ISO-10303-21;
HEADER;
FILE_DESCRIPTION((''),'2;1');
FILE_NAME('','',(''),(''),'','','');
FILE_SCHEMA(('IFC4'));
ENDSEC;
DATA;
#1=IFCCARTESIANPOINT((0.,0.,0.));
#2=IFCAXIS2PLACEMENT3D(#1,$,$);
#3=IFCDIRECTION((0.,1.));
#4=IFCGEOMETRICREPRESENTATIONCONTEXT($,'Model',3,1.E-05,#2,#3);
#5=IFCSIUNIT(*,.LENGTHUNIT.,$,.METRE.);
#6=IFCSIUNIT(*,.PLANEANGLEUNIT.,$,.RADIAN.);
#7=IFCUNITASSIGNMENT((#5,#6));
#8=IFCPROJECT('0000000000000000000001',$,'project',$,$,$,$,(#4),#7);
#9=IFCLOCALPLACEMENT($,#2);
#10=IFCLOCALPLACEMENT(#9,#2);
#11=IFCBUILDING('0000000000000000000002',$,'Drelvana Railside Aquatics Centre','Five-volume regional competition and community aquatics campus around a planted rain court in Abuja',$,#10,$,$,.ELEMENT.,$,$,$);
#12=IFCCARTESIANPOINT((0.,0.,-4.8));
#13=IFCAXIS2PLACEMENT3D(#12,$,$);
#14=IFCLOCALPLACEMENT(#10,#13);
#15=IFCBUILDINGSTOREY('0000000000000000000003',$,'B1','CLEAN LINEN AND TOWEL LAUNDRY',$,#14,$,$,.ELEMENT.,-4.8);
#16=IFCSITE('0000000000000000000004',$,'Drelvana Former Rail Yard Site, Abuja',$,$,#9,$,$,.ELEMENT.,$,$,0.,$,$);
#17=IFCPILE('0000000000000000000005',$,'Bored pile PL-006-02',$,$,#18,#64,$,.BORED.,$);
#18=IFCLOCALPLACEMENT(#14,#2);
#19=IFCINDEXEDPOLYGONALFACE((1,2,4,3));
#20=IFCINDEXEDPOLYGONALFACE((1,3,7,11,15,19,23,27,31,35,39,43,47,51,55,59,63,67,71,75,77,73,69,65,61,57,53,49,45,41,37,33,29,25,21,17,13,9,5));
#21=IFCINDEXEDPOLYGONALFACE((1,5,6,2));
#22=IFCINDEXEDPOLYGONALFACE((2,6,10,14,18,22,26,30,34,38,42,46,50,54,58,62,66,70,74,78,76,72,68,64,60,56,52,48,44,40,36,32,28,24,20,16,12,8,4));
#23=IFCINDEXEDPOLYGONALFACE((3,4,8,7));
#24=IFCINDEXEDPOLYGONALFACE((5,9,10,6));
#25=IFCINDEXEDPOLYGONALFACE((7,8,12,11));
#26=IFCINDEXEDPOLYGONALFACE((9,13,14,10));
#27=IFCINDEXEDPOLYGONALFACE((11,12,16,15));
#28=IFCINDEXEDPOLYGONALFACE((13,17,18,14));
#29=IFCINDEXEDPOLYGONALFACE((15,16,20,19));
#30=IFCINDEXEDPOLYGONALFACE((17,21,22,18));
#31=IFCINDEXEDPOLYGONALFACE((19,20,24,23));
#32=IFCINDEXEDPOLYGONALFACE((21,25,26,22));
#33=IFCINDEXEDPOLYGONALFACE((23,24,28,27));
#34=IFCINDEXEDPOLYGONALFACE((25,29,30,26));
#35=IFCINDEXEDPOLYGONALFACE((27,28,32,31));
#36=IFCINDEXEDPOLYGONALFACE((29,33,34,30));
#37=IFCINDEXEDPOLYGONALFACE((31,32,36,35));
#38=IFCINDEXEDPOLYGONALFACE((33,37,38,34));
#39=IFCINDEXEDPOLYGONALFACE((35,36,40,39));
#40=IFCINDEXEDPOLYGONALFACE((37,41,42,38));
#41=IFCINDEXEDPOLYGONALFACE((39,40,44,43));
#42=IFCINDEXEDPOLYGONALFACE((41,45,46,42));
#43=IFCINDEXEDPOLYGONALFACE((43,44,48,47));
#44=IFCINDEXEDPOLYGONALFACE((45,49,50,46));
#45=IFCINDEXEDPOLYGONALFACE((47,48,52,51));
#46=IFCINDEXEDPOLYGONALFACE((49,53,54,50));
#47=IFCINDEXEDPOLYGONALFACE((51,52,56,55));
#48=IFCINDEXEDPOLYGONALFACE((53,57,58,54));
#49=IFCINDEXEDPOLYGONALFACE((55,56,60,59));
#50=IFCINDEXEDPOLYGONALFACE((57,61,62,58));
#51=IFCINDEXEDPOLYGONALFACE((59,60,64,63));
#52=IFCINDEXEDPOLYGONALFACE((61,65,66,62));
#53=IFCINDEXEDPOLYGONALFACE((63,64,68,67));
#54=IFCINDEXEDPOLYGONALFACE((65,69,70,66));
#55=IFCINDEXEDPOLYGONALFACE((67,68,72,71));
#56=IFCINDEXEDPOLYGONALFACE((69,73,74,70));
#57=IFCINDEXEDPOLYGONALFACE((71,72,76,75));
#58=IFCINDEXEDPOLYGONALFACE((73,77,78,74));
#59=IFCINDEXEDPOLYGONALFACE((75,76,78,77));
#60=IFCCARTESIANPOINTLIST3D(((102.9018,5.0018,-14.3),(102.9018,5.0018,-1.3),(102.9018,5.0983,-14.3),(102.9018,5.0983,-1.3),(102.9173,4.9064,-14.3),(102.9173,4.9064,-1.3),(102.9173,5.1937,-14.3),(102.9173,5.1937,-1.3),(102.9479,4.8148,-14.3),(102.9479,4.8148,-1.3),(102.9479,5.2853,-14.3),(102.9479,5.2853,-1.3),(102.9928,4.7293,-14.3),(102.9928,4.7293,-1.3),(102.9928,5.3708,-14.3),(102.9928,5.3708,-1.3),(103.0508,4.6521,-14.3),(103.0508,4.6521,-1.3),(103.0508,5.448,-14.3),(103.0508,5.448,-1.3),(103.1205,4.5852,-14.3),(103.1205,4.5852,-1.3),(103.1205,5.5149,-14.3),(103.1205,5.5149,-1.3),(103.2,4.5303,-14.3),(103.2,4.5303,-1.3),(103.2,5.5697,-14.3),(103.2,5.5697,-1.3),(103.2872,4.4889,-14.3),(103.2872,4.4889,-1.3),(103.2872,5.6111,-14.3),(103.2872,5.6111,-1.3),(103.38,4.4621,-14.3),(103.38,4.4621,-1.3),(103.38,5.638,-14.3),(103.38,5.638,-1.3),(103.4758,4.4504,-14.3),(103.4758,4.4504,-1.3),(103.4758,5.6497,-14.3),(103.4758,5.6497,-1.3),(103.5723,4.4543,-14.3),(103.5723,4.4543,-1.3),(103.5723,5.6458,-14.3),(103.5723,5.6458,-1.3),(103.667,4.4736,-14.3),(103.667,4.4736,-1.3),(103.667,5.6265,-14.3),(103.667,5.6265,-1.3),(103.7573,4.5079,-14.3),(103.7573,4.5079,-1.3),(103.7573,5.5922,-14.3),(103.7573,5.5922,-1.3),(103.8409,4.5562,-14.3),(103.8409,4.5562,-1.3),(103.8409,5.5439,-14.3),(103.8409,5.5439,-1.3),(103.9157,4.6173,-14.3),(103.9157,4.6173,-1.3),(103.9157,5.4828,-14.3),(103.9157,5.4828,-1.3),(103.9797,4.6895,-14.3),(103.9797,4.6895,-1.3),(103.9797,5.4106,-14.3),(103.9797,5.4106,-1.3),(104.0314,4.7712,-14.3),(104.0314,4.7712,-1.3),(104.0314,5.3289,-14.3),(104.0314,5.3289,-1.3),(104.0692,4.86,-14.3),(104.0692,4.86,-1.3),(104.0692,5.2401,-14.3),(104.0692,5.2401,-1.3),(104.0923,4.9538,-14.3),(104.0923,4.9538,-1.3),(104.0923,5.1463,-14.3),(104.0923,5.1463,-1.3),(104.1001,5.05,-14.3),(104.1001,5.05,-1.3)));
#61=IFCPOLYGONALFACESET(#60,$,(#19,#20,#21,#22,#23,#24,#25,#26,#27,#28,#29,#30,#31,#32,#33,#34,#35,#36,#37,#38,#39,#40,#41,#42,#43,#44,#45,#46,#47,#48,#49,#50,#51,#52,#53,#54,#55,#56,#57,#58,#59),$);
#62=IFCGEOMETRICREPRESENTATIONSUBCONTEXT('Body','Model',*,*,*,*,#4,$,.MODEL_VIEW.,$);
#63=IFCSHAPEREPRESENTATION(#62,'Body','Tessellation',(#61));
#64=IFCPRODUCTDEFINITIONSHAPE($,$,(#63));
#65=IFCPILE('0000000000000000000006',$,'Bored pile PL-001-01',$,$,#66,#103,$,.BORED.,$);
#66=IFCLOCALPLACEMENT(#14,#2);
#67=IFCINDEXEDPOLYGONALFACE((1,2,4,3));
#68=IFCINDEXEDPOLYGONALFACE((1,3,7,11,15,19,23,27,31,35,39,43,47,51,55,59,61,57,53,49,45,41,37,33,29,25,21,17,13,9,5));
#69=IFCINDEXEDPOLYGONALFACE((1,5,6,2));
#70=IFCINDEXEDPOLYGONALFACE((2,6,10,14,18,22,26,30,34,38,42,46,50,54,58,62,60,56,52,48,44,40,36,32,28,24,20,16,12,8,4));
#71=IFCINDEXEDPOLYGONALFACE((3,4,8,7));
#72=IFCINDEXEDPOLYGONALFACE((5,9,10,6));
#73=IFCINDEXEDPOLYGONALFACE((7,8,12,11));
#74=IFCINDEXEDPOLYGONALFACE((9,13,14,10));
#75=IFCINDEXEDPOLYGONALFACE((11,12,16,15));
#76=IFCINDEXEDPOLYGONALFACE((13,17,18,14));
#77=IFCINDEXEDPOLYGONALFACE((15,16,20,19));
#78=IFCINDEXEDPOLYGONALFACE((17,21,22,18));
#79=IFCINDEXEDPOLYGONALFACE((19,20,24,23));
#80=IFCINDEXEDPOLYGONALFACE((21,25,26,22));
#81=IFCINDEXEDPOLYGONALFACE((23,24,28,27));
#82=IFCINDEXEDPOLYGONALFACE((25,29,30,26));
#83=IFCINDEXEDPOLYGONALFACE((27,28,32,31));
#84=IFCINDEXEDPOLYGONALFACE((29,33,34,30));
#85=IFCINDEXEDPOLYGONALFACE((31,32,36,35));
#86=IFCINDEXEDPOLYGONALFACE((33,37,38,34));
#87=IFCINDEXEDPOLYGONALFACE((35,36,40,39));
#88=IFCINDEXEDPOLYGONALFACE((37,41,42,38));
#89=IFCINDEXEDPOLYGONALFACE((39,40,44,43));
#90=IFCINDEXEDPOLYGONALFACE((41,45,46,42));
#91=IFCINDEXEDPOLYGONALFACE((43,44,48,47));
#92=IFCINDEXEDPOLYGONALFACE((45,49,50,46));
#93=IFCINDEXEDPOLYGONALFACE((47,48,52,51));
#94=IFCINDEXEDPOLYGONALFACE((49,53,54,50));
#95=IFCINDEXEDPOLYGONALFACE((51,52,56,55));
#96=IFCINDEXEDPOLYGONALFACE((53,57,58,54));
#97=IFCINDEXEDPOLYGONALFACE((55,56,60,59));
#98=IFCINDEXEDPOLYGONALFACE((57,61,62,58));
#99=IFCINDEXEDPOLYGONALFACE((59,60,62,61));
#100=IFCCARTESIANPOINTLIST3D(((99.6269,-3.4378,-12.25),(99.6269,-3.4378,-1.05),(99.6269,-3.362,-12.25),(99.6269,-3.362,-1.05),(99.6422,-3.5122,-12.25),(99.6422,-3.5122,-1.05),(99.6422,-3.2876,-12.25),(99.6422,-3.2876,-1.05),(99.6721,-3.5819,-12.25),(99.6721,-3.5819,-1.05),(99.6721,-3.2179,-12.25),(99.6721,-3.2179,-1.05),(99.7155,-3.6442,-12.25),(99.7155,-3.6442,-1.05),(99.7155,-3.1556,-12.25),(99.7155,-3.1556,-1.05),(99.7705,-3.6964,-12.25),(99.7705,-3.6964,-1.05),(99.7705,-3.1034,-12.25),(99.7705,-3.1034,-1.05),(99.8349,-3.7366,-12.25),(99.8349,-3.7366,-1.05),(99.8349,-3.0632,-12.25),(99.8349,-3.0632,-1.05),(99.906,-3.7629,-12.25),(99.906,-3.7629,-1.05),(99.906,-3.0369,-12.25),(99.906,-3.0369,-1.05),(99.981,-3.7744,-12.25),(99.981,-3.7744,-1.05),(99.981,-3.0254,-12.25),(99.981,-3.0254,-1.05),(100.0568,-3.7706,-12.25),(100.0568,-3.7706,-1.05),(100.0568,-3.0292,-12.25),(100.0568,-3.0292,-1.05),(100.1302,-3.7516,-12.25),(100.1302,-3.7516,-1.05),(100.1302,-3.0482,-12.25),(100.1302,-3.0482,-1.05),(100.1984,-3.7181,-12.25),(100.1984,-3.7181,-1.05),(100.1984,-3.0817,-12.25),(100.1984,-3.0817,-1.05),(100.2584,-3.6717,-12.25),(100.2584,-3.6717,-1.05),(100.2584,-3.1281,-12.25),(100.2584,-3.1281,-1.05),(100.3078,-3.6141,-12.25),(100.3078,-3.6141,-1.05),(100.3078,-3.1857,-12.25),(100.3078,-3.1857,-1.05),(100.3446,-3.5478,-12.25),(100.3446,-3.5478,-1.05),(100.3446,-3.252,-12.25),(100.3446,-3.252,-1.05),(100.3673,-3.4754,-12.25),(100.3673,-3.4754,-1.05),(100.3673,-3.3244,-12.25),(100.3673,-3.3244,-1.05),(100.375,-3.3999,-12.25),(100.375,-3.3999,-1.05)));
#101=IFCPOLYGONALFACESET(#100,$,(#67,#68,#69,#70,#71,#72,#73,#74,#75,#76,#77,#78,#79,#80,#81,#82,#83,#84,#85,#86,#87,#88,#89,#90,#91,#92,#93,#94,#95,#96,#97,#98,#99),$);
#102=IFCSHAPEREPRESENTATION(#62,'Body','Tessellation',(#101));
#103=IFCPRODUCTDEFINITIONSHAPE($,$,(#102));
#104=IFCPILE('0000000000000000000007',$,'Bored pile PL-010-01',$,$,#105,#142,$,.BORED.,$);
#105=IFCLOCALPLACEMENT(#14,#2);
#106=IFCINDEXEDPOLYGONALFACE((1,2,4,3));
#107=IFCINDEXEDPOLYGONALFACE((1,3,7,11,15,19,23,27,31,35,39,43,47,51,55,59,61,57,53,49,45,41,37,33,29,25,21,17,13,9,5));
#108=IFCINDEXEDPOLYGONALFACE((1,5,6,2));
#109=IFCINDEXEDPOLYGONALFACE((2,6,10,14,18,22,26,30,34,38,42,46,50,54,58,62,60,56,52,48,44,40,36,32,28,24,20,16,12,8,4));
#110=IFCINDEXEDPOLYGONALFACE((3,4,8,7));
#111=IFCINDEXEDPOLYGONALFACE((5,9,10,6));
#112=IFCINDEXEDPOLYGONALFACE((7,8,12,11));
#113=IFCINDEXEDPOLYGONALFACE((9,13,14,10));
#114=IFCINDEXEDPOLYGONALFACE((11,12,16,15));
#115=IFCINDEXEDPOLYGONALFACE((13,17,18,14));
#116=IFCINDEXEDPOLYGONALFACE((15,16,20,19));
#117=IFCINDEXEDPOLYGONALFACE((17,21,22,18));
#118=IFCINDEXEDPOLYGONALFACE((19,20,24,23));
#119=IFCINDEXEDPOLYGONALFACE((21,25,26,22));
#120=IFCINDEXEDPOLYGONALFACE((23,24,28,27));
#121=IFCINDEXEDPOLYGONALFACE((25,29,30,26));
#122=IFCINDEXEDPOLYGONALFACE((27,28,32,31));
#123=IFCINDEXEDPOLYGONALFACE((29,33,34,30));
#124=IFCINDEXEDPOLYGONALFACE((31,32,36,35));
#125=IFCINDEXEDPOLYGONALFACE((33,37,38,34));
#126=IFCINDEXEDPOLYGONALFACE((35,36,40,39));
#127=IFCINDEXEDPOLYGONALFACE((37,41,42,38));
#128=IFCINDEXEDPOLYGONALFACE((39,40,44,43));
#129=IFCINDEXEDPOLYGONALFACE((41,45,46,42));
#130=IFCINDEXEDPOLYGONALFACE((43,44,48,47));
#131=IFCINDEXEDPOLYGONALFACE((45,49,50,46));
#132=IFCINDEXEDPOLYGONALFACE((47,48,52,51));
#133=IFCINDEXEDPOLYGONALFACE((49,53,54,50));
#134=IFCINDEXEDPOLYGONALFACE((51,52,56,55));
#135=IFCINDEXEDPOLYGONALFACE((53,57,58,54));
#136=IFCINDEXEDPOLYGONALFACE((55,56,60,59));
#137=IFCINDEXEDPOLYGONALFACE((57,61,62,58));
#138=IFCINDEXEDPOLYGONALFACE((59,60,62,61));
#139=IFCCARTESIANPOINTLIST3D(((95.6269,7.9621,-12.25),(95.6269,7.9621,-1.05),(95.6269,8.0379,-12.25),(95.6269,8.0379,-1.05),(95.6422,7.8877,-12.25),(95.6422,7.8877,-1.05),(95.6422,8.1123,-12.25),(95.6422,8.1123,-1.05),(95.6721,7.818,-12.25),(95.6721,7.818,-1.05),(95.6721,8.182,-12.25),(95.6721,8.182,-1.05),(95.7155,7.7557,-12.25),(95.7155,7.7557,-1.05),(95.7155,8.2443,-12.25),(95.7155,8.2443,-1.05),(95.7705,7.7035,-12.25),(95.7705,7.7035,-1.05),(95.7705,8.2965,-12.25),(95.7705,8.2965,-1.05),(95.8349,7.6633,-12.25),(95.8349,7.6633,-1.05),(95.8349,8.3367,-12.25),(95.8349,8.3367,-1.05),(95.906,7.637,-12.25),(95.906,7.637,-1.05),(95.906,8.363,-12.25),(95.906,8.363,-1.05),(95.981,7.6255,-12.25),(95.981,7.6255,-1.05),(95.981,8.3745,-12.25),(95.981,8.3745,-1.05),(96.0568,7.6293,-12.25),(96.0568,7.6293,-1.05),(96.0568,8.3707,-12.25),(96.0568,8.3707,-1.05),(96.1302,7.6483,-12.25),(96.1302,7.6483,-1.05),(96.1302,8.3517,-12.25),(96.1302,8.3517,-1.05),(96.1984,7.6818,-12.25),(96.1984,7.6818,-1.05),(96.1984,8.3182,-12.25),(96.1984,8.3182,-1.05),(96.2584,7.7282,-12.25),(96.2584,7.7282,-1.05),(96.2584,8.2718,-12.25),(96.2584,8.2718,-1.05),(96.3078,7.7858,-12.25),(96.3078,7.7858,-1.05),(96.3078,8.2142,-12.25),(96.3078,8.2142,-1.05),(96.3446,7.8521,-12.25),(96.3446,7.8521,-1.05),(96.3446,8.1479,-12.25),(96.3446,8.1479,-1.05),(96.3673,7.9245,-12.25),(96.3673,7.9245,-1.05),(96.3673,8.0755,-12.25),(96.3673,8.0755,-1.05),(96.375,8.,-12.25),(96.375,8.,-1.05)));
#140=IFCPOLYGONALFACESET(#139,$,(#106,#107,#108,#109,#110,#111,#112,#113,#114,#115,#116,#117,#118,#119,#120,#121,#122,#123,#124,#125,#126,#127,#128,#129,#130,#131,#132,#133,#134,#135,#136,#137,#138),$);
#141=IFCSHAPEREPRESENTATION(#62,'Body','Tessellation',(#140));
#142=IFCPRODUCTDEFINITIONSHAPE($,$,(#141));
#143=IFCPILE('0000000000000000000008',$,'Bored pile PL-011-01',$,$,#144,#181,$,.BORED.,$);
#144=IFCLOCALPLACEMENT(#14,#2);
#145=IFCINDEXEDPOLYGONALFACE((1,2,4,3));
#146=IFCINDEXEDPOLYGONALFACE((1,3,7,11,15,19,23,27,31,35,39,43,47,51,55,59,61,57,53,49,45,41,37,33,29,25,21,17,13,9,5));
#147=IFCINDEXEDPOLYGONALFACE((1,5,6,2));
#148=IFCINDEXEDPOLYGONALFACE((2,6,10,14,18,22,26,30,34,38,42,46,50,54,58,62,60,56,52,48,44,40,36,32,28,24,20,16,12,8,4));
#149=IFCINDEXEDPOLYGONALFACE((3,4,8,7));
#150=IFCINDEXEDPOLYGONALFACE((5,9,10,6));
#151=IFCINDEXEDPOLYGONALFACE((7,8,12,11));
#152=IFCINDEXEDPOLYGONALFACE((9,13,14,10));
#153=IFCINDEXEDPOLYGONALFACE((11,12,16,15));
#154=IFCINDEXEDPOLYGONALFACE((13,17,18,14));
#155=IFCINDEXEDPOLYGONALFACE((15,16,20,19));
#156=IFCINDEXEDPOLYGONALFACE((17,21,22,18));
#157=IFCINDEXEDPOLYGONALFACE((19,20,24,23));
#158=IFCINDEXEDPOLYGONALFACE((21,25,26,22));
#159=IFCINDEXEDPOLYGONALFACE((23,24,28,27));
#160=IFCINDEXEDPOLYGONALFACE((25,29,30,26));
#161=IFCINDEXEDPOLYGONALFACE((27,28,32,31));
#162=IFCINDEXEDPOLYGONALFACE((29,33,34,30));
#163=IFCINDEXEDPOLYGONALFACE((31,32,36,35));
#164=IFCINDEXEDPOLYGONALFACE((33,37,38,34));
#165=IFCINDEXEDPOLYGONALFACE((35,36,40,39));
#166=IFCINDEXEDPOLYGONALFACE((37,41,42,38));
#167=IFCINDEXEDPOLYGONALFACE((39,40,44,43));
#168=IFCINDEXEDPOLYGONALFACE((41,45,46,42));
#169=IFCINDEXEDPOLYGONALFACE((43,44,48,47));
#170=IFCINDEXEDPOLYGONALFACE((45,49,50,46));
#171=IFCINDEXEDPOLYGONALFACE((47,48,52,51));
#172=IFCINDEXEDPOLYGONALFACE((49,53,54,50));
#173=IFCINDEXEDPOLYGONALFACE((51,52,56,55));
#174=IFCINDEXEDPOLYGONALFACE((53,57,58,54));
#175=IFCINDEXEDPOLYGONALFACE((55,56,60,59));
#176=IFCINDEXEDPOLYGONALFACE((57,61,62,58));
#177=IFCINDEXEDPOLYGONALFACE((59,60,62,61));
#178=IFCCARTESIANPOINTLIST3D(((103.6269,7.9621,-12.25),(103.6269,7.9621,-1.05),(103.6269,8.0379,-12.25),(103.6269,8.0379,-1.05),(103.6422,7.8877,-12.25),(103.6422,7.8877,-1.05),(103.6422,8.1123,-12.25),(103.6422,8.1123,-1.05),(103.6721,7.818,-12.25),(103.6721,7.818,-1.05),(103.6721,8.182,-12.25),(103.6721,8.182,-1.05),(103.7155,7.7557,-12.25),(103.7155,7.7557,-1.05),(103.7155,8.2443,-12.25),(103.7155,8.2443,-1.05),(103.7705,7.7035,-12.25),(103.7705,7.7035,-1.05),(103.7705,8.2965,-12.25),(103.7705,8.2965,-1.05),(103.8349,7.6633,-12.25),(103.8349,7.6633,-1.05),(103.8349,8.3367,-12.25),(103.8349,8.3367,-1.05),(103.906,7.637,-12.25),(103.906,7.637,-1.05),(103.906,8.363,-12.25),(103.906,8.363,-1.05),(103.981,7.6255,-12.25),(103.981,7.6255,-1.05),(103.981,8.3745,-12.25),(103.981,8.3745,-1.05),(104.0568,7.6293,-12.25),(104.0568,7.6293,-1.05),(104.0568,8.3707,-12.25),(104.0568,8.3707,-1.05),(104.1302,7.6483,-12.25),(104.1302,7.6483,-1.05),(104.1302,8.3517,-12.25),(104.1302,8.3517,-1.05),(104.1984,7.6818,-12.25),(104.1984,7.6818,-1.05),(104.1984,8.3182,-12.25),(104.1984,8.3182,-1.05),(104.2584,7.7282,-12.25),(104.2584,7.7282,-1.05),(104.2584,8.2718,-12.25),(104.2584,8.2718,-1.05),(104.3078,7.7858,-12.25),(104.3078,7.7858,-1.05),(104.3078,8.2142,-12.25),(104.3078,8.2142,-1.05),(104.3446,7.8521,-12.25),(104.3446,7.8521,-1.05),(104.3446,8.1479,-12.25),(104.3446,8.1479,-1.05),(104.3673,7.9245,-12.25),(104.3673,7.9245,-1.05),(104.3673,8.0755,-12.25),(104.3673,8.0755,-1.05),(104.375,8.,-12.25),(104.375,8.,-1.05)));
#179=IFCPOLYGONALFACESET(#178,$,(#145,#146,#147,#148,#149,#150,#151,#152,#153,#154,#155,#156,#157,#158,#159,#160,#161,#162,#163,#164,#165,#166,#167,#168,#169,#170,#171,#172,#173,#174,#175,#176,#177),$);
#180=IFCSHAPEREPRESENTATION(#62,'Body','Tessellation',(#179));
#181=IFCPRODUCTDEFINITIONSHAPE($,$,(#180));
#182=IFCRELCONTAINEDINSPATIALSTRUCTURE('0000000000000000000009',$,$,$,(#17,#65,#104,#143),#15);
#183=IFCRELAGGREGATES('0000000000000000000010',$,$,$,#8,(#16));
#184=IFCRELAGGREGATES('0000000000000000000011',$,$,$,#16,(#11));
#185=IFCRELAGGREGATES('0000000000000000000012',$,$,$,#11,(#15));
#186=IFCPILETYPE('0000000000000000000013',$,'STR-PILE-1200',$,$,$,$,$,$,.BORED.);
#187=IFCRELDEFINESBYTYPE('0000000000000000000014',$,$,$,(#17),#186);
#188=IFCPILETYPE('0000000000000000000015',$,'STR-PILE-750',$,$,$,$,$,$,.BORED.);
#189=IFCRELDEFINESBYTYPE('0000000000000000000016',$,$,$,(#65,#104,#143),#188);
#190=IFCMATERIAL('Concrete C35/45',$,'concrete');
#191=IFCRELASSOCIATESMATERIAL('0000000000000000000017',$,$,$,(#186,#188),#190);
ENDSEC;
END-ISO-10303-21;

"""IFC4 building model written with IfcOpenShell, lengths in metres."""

from ifc_helpers import new_model, si_unit, direction, frame, origin, origin_2d, place, context, subcontext, project, spatial, circle, extrude, material, material_profile, profile_set, type_object, element, save


model = new_model("IFC4")

# Units and contexts
model_context = context("Model", 3, precision=1e-05, world=origin(), true_north=direction((0.0, 1.0)))
body_context = subcontext(model_context, "Body", "Model", "MODEL_VIEW")
ifc_project = project(units=[si_unit("LENGTHUNIT", "METRE"), si_unit("PLANEANGLEUNIT", "RADIAN")], contexts=[model_context])

# Site, building, storey
site_placement = place(None, origin())
site = spatial("IfcSite", under=ifc_project, at=site_placement, Name="Drelvana Former Rail Yard Site, Abuja", CompositionType="ELEMENT", RefElevation=0.0)
building_placement = place(site_placement, origin())
building = spatial("IfcBuilding", under=site, at=building_placement, Name="Drelvana Railside Aquatics Centre", Description="Five-volume regional competition and community aquatics campus around a planted rain court in Abuja", CompositionType="ELEMENT")
storey_placement = place(building_placement, frame((0.0, 0.0, -4.8)))
storey = spatial("IfcBuildingStorey", under=building, at=storey_placement, Name="B1", Description="CLEAN LINEN AND TOWEL LAUNDRY", CompositionType="ELEMENT", Elevation=-4.8)

# Shared definitions
ifc_material_1 = material(Name="Concrete C35/45", Category="concrete")

# Piles
ifc_material_profile_1 = material_profile(ifc_material_1, circle(Radius=0.6001, at=origin_2d()), Name="PILE D1200")
ifc_profile_set_1 = profile_set([ifc_material_profile_1], Name="Concrete C35/45")
pile_type_1 = type_object("IfcPileType", Name="STR-PILE-1200", PredefinedType="BORED", material=ifc_profile_set_1)
for number, where, z_axis, x_axis, name in (
    (1, (103.5, 5.05, -1.3), (0.0, 0.0, -1.0), (1.0, 0.0, 0.0), "Bored pile PL-006-02"),
):
    element("IfcPile", number, at=place(storey_placement, frame(where, z_axis=z_axis, x_axis=x_axis)), inside=storey, type_object=pile_type_1, Name=name, PredefinedType="BORED", context=body_context, shape_type="SweptSolid", body=[
        extrude(circle(Radius=0.6001, at=origin_2d()), origin(), (0.0, 0.0, 1.0), 13.0),
    ])
ifc_material_profile_2 = material_profile(ifc_material_1, circle(Radius=0.375, at=origin_2d()), Name="PILE D750")
ifc_profile_set_2 = profile_set([ifc_material_profile_2], Name="Concrete C35/45")
pile_type_2 = type_object("IfcPileType", Name="STR-PILE-750", PredefinedType="BORED", material=ifc_profile_set_2)
for number, where, z_axis, x_axis, name in (
    (2, (100.0, -3.3999, -1.05), (0.0, 0.0, -1.0), (1.0, 0.0, 0.0), "Bored pile PL-001-01"),
    (3, (96.0, 8.0, -1.05), (0.0, 0.0, -1.0), (1.0, 0.0, 0.0), "Bored pile PL-010-01"),
    (4, (104.0, 8.0, -1.05), (0.0, 0.0, -1.0), (1.0, 0.0, 0.0), "Bored pile PL-011-01"),
):
    element("IfcPile", number, at=place(storey_placement, frame(where, z_axis=z_axis, x_axis=x_axis)), inside=storey, type_object=pile_type_2, Name=name, PredefinedType="BORED", context=body_context, shape_type="SweptSolid", body=[
        extrude(circle(Radius=0.375, at=origin_2d()), origin(), (0.0, 0.0, 1.0), 11.2),
    ])

save(model, "model.ifc")
